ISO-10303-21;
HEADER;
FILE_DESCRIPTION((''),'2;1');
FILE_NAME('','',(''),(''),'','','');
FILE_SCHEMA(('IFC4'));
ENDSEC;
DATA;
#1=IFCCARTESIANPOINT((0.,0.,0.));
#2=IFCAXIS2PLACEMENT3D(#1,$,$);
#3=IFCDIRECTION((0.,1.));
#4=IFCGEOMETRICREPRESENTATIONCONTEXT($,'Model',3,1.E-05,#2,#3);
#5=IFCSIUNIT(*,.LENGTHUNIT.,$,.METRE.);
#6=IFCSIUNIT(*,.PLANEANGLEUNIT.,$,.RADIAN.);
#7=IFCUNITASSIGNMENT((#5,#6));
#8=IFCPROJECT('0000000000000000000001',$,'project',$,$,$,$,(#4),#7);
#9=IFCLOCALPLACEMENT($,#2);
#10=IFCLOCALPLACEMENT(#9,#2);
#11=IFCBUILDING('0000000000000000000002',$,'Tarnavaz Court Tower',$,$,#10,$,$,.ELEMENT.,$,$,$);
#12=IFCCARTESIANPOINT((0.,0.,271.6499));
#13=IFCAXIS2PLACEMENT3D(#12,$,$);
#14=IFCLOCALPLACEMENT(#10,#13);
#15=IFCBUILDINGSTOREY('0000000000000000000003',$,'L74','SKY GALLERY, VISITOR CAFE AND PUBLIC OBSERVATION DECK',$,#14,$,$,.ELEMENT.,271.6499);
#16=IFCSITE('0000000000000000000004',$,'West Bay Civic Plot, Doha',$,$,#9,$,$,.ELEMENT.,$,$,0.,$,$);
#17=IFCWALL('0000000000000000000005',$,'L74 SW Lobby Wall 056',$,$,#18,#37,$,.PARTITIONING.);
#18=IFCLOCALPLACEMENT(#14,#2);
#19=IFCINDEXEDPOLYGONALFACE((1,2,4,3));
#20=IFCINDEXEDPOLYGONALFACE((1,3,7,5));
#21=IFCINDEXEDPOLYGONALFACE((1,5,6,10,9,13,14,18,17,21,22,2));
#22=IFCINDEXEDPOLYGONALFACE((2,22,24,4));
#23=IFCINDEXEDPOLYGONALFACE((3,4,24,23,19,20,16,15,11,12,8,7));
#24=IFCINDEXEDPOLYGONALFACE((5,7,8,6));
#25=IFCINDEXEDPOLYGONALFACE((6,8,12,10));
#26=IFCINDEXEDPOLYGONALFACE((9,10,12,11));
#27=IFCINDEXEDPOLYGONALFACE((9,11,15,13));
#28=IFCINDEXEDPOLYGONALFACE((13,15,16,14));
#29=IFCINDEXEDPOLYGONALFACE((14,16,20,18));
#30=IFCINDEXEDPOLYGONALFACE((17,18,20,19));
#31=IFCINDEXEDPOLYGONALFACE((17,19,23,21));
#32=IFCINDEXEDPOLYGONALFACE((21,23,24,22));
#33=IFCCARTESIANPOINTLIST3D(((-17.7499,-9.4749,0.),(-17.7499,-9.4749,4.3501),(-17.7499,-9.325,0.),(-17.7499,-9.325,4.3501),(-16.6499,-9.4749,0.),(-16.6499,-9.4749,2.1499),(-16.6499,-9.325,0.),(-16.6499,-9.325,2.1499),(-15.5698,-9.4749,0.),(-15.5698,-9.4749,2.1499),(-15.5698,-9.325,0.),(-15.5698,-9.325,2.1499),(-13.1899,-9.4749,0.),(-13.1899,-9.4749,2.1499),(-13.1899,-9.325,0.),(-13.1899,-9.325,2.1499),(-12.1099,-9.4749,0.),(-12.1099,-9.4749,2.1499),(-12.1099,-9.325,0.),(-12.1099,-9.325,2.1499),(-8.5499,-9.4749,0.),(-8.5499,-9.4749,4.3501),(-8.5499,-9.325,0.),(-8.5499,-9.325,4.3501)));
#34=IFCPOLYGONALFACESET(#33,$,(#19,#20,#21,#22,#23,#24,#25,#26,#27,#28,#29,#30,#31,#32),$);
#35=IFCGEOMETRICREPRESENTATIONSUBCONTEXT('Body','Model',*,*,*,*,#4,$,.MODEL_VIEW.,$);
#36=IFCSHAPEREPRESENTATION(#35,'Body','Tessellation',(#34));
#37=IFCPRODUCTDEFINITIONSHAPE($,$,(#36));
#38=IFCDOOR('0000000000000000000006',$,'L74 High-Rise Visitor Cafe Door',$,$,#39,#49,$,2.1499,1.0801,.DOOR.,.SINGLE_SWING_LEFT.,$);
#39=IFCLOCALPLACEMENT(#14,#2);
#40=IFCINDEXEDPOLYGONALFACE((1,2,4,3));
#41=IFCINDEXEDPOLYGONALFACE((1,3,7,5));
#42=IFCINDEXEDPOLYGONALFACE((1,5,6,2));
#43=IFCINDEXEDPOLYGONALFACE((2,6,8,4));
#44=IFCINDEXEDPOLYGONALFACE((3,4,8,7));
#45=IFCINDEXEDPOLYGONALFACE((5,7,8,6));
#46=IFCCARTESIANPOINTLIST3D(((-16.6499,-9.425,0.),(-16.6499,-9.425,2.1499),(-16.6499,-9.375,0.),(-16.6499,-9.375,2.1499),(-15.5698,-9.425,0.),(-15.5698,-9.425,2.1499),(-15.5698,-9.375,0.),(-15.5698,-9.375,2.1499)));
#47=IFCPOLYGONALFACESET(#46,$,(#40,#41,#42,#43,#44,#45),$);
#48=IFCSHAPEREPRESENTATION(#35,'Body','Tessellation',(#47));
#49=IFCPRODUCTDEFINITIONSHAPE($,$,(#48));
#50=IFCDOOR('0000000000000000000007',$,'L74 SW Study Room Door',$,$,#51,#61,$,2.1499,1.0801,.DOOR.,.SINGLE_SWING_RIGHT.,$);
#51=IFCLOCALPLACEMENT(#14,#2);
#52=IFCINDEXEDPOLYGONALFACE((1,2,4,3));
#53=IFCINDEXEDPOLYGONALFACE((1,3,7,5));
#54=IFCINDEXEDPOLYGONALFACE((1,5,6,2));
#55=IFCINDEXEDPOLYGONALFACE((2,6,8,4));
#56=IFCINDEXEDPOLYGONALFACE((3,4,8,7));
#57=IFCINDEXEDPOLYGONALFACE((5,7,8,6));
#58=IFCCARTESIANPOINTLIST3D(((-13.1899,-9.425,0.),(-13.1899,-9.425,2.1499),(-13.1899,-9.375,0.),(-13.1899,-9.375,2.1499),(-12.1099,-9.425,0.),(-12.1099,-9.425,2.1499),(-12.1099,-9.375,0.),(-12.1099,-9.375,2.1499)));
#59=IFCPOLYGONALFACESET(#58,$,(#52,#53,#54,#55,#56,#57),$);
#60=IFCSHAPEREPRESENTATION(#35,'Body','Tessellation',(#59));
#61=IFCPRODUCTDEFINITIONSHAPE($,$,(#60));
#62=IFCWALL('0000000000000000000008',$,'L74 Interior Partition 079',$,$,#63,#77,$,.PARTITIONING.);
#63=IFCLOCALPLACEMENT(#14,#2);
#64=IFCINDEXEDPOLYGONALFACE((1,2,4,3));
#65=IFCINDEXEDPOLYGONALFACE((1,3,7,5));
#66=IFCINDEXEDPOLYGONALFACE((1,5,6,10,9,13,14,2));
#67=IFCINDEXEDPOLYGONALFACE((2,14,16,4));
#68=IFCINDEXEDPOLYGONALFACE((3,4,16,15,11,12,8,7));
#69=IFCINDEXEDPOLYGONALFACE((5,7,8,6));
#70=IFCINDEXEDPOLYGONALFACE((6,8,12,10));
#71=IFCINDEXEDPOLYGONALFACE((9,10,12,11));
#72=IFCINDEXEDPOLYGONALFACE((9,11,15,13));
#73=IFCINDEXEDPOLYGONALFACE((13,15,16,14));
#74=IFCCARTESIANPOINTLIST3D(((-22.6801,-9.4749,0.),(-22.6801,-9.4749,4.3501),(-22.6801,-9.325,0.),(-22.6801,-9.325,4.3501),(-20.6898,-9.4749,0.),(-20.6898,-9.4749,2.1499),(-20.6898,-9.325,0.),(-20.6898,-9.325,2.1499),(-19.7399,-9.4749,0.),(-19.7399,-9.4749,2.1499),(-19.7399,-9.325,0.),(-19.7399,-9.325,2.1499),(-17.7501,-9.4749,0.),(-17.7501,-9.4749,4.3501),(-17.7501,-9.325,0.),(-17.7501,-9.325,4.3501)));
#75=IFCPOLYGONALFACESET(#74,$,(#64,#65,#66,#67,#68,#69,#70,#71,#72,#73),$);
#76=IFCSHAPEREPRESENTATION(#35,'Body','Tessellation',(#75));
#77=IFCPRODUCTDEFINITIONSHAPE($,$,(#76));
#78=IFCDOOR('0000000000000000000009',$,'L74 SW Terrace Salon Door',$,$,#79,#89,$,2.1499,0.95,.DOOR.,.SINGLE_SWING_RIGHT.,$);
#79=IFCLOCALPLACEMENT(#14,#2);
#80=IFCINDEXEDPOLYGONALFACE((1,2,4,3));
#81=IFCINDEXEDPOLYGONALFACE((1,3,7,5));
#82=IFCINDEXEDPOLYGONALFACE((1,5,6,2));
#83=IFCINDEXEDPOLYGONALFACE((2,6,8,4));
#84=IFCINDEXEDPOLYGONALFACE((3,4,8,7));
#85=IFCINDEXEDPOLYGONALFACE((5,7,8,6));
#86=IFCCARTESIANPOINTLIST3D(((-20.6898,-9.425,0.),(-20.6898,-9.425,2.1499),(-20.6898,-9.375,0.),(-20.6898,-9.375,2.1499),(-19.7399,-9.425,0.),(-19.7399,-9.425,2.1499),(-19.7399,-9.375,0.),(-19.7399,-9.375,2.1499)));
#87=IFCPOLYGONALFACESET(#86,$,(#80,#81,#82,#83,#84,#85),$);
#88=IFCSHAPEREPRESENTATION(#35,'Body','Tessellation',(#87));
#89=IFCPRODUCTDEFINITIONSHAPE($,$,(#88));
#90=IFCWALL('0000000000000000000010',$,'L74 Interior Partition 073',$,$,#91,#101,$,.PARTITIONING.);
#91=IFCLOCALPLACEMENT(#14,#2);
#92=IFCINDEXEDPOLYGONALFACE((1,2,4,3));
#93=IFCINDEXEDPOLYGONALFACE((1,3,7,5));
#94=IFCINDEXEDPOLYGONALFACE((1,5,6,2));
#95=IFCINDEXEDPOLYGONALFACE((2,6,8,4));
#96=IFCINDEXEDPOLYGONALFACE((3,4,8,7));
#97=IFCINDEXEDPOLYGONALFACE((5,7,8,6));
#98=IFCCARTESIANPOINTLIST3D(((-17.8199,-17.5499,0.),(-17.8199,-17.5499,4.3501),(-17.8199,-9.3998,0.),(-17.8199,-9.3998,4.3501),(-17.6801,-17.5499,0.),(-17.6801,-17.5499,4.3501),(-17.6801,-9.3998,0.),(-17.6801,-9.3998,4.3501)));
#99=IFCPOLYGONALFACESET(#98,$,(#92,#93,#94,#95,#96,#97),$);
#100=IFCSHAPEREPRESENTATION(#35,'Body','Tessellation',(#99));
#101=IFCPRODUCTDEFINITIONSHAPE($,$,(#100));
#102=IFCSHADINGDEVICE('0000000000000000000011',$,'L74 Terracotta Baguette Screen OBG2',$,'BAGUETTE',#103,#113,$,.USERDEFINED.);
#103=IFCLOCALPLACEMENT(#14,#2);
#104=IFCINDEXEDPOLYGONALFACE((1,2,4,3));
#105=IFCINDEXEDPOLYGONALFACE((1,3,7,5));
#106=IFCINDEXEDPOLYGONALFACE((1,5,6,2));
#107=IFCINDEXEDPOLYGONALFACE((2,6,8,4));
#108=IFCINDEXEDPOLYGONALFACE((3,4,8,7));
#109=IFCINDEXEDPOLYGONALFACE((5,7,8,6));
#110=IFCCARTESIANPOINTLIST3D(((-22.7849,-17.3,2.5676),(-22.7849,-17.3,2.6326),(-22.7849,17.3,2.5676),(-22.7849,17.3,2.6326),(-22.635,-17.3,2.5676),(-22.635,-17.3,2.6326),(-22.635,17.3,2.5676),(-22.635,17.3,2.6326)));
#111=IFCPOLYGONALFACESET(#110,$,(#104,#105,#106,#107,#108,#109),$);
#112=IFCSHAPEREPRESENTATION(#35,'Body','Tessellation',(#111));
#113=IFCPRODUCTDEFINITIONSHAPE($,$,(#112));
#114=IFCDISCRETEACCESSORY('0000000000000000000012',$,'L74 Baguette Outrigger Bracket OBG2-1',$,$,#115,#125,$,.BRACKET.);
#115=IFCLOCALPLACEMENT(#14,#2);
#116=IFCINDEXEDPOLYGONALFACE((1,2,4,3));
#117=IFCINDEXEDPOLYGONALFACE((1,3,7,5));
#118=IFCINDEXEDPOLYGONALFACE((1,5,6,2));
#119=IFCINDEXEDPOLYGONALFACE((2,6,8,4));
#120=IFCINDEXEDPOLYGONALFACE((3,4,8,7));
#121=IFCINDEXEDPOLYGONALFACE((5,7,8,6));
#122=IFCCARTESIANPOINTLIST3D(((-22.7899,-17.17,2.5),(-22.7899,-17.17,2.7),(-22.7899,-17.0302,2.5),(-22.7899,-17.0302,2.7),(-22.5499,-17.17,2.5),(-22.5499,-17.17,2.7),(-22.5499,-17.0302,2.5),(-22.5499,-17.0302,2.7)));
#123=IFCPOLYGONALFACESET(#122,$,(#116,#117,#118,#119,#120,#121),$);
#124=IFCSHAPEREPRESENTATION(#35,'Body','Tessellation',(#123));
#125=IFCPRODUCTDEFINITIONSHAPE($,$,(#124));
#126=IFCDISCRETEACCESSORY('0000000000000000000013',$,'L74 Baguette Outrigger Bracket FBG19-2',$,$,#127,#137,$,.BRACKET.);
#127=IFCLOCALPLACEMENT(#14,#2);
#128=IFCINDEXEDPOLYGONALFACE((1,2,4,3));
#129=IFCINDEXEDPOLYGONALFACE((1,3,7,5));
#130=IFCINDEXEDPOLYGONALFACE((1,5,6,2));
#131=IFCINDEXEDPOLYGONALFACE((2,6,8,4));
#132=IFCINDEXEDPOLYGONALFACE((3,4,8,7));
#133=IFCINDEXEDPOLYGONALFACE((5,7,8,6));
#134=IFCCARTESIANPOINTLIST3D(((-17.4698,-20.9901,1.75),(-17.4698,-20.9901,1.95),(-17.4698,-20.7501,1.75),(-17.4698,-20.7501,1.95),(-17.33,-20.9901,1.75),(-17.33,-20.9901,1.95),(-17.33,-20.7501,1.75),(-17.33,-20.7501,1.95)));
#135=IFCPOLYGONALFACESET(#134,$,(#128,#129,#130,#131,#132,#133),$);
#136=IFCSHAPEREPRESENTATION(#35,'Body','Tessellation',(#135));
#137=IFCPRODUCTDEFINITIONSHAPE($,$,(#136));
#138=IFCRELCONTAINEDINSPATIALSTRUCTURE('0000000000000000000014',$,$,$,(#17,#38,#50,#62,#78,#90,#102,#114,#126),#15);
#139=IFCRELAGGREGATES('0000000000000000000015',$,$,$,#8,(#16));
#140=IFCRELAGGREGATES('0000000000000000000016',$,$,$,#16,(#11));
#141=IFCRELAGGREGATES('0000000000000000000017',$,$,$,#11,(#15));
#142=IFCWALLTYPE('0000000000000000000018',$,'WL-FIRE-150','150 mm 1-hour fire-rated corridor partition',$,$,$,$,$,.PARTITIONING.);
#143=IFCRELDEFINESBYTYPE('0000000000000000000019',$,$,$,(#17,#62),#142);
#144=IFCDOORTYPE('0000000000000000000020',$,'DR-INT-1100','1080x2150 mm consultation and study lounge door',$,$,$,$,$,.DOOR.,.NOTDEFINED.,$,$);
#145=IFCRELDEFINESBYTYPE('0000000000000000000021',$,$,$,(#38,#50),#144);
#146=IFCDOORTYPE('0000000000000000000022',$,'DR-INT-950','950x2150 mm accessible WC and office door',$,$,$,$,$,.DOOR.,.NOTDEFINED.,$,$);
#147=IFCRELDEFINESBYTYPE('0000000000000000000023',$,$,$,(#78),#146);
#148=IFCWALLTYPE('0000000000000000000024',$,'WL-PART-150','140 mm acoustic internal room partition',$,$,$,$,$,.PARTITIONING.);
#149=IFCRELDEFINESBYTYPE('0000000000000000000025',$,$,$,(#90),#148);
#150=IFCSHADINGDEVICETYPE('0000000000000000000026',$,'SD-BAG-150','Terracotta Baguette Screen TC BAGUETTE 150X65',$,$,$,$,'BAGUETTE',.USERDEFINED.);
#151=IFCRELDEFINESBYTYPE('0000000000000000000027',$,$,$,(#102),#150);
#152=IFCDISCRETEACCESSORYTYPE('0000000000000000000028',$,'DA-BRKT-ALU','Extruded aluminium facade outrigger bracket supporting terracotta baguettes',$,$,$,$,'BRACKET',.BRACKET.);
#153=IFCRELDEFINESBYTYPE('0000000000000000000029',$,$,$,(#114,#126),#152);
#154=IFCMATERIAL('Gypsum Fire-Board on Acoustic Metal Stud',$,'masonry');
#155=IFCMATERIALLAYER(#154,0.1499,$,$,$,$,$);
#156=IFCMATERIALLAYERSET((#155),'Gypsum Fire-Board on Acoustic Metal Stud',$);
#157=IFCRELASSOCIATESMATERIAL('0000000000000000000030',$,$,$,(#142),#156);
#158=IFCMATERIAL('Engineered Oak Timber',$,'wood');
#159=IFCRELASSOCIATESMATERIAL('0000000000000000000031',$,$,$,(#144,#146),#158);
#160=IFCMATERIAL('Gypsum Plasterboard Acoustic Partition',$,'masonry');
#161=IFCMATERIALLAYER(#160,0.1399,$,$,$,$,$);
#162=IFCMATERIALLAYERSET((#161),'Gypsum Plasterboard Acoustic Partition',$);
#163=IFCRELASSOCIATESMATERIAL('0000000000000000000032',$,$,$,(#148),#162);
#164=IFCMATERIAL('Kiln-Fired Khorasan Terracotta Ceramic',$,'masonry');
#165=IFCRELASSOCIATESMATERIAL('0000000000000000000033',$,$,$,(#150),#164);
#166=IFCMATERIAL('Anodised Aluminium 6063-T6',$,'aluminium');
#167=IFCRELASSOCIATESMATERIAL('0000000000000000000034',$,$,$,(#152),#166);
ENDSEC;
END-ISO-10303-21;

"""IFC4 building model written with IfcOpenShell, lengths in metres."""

from ifc_helpers import new_model, si_unit, direction, frame, frame_2d, origin, origin_2d, place, context, subcontext, project, spatial, rectangle, extrude, material, layer, layer_set, material_profile, profile_set, type_object, element, fill, save


model = new_model("IFC4")

# Units and contexts
model_context = context("Model", 3, precision=1e-05, world=origin(), true_north=direction((0.0, 1.0)))
body_context = subcontext(model_context, "Body", "Model", "MODEL_VIEW")
ifc_project = project(units=[si_unit("LENGTHUNIT", "METRE"), si_unit("PLANEANGLEUNIT", "RADIAN")], contexts=[model_context])

# Site, building, storey
site_placement = place(None, origin())
site = spatial("IfcSite", under=ifc_project, at=site_placement, Name="West Bay Civic Plot, Doha", CompositionType="ELEMENT", RefElevation=0.0)
building_placement = place(site_placement, origin())
building = spatial("IfcBuilding", under=site, at=building_placement, Name="Tarnavaz Court Tower", CompositionType="ELEMENT")
storey_placement = place(building_placement, frame((0.0, 0.0, 271.6499)))
storey = spatial("IfcBuildingStorey", under=building, at=storey_placement, Name="L74", Description="SKY GALLERY, VISITOR CAFE AND PUBLIC OBSERVATION DECK", CompositionType="ELEMENT", Elevation=271.6499)

# Shared definitions
ifc_material_1 = material(Name="Anodised Aluminium 6063-T6", Category="aluminium")

# Wall, openings, doors
ifc_material_2 = material(Name="Gypsum Fire-Board on Acoustic Metal Stud", Category="masonry")
ifc_layer_1 = layer(ifc_material_2, 0.1499)
ifc_layer_set_1 = layer_set([ifc_layer_1], Name="Gypsum Fire-Board on Acoustic Metal Stud")
wall_type_1 = type_object("IfcWallType", Name="WL-FIRE-150", Description="150 mm 1-hour fire-rated corridor partition", PredefinedType="PARTITIONING", material=ifc_layer_set_1)
wall_1_placement = place(storey_placement, frame((-17.75, -9.3999, 0.0), z_axis=(0.0, 0.0, 1.0), x_axis=(1.0, 0.0, 0.0)))
wall_1 = element("IfcWall", 1, at=wall_1_placement, inside=storey, type_object=wall_type_1, Name="L74 SW Lobby Wall 056", PredefinedType="PARTITIONING", context=body_context, shape_type="SweptSolid", body=[
    extrude(rectangle(XDim=9.2, YDim=0.1499, at=frame_2d((4.6001, 0.0))), origin(), (0.0, 0.0, 1.0), 4.3501),
])
opening_1_placement = place(wall_1_placement, frame((1.1001, 0.0, 0.0)))
opening_1 = element("IfcOpeningElement", 2, at=opening_1_placement, cuts=wall_1, PredefinedType="OPENING", context=body_context, shape_type="SweptSolid", body=[
    extrude(rectangle(XDim=1.0801, YDim=2.1499, at=frame_2d((0.54, 1.075))), frame((0.0, 0.085, 0.0), z_axis=(0.0, -1.0, 0.0), x_axis=(1.0, 0.0, 0.0)), (0.0, 0.0, 1.0), 0.1699),
])
opening_2_placement = place(wall_1_placement, frame((4.5601, 0.0, 0.0)))
opening_2 = element("IfcOpeningElement", 3, at=opening_2_placement, cuts=wall_1, PredefinedType="OPENING", context=body_context, shape_type="SweptSolid", body=[
    extrude(rectangle(XDim=1.0801, YDim=2.1499, at=frame_2d((0.54, 1.075))), frame((0.0, 0.085, 0.0), z_axis=(0.0, -1.0, 0.0), x_axis=(1.0, 0.0, 0.0)), (0.0, 0.0, 1.0), 0.1699),
])
ifc_material_3 = material(Name="Engineered Oak Timber", Category="wood")
door_type_1 = type_object("IfcDoorType", Name="DR-INT-1100", Description="1080x2150 mm consultation and study lounge door", OperationType="NOTDEFINED", PredefinedType="DOOR", material=ifc_material_3)
door_1_placement = place(opening_1_placement, origin())
door_1 = element("IfcDoor", 4, at=door_1_placement, inside=storey, type_object=door_type_1, Name="L74 High-Rise Visitor Cafe Door", OperationType="SINGLE_SWING_LEFT", OverallHeight=2.1499, OverallWidth=1.0801, PredefinedType="DOOR", context=body_context, shape_type="SweptSolid", body=[
    extrude(rectangle(XDim=1.0801, YDim=2.1499, at=frame_2d((0.54, 1.075))), frame((0.0, 0.0249, 0.0), z_axis=(0.0, -1.0, 0.0), x_axis=(1.0, 0.0, 0.0)), (0.0, 0.0, 1.0), 0.05),
])
fill(opening_1, door_1)
door_2_placement = place(opening_2_placement, origin())
door_2 = element("IfcDoor", 5, at=door_2_placement, inside=storey, type_object=door_type_1, Name="L74 SW Study Room Door", OperationType="SINGLE_SWING_RIGHT", OverallHeight=2.1499, OverallWidth=1.0801, PredefinedType="DOOR", context=body_context, shape_type="SweptSolid", body=[
    extrude(rectangle(XDim=1.0801, YDim=2.1499, at=frame_2d((0.54, 1.075))), frame((0.0, 0.0249, 0.0), z_axis=(0.0, -1.0, 0.0), x_axis=(1.0, 0.0, 0.0)), (0.0, 0.0, 1.0), 0.05),
])
fill(opening_2, door_2)

# Wall, opening, door
wall_2_placement = place(storey_placement, frame((-22.6799, -9.3999, 0.0), z_axis=(0.0, 0.0, 1.0), x_axis=(1.0, 0.0, 0.0)))
wall_2 = element("IfcWall", 6, at=wall_2_placement, inside=storey, type_object=wall_type_1, Name="L74 Interior Partition 079", PredefinedType="PARTITIONING", context=body_context, shape_type="SweptSolid", body=[
    extrude(rectangle(XDim=4.9299, YDim=0.1499, at=frame_2d((2.4648, 0.0))), origin(), (0.0, 0.0, 1.0), 4.3501),
])
opening_3_placement = place(wall_2_placement, frame((1.99, 0.0, 0.0)))
opening_3 = element("IfcOpeningElement", 7, at=opening_3_placement, cuts=wall_2, PredefinedType="OPENING", context=body_context, shape_type="SweptSolid", body=[
    extrude(rectangle(XDim=0.95, YDim=2.1499, at=frame_2d((0.4751, 1.075))), frame((0.0, 0.085, 0.0), z_axis=(0.0, -1.0, 0.0), x_axis=(1.0, 0.0, 0.0)), (0.0, 0.0, 1.0), 0.1699),
])
door_type_2 = type_object("IfcDoorType", Name="DR-INT-950", Description="950x2150 mm accessible WC and office door", OperationType="NOTDEFINED", PredefinedType="DOOR", material=ifc_material_3)
door_3_placement = place(opening_3_placement, origin())
door_3 = element("IfcDoor", 8, at=door_3_placement, inside=storey, type_object=door_type_2, Name="L74 SW Terrace Salon Door", OperationType="SINGLE_SWING_RIGHT", OverallHeight=2.1499, OverallWidth=0.95, PredefinedType="DOOR", context=body_context, shape_type="SweptSolid", body=[
    extrude(rectangle(XDim=0.95, YDim=2.1499, at=frame_2d((0.4751, 1.075))), frame((0.0, 0.0249, 0.0), z_axis=(0.0, -1.0, 0.0), x_axis=(1.0, 0.0, 0.0)), (0.0, 0.0, 1.0), 0.05),
])
fill(opening_3, door_3)

# Wall
ifc_material_4 = material(Name="Gypsum Plasterboard Acoustic Partition", Category="masonry")
ifc_layer_2 = layer(ifc_material_4, 0.1399)
ifc_layer_set_2 = layer_set([ifc_layer_2], Name="Gypsum Plasterboard Acoustic Partition")
wall_type_2 = type_object("IfcWallType", Name="WL-PART-150", Description="140 mm acoustic internal room partition", PredefinedType="PARTITIONING", material=ifc_layer_set_2)
wall_3_placement = place(storey_placement, frame((-17.75, -17.55, 0.0), z_axis=(0.0, 0.0, 1.0), x_axis=(0.0, 1.0, 0.0)))
element("IfcWall", 9, at=wall_3_placement, inside=storey, type_object=wall_type_2, Name="L74 Interior Partition 073", PredefinedType="PARTITIONING", context=body_context, shape_type="SweptSolid", body=[
    extrude(rectangle(XDim=8.1501, YDim=0.1399, at=frame_2d((4.0752, 0.0))), origin(), (0.0, 0.0, 1.0), 4.3501),
])

# Shading device
ifc_material_5 = material(Name="Kiln-Fired Khorasan Terracotta Ceramic", Category="masonry")
ifc_material_profile_1 = material_profile(ifc_material_5, rectangle(XDim=0.1499, YDim=0.0649, at=origin_2d()), Name="TC BAGUETTE 150X65")
ifc_profile_set_1 = profile_set([ifc_material_profile_1], Name="Kiln-Fired Khorasan Terracotta Ceramic")
shading_device_type = type_object("IfcShadingDeviceType", Name="SD-BAG-150", Description="Terracotta Baguette Screen TC BAGUETTE 150X65", ElementType="BAGUETTE", PredefinedType="USERDEFINED", material=ifc_profile_set_1)
shading_device_placement = place(storey_placement, frame((-22.71, -17.3, 2.6001), z_axis=(0.0, 1.0, 0.0), x_axis=(-1.0, 0.0, 0.0)))
element("IfcShadingDevice", 10, at=shading_device_placement, inside=storey, type_object=shading_device_type, Name="L74 Terracotta Baguette Screen OBG2", ObjectType="BAGUETTE", PredefinedType="USERDEFINED", context=body_context, shape_type="SweptSolid", body=[
    extrude(rectangle(XDim=0.1499, YDim=0.0649, at=origin_2d()), origin(), (0.0, 0.0, 1.0), 34.6001),
])

# Discrete accessories
discrete_accessory_type = type_object("IfcDiscreteAccessoryType", Name="DA-BRKT-ALU", Description="Extruded aluminium facade outrigger bracket supporting terracotta baguettes", ElementType="BRACKET", PredefinedType="BRACKET", material=ifc_material_1)
for number, where, z_axis, x_axis, name in (
    (11, (-22.6699, -17.1001, 2.5), (0.0, 0.0, 1.0), (0.0, 1.0, 0.0), "L74 Baguette Outrigger Bracket OBG2-1"),
    (12, (-17.3999, -20.8701, 1.75), (0.0, 0.0, 1.0), (-1.0, 0.0, 0.0), "L74 Baguette Outrigger Bracket FBG19-2"),
):
    element("IfcDiscreteAccessory", number, at=place(storey_placement, frame(where, z_axis=z_axis, x_axis=x_axis)), inside=storey, type_object=discrete_accessory_type, Name=name, PredefinedType="BRACKET", context=body_context, shape_type="SweptSolid", body=[
        extrude(rectangle(XDim=0.1399, YDim=0.24, at=origin_2d()), origin(), (0.0, 0.0, 1.0), 0.2),
    ])

save(model, "model.ifc")
